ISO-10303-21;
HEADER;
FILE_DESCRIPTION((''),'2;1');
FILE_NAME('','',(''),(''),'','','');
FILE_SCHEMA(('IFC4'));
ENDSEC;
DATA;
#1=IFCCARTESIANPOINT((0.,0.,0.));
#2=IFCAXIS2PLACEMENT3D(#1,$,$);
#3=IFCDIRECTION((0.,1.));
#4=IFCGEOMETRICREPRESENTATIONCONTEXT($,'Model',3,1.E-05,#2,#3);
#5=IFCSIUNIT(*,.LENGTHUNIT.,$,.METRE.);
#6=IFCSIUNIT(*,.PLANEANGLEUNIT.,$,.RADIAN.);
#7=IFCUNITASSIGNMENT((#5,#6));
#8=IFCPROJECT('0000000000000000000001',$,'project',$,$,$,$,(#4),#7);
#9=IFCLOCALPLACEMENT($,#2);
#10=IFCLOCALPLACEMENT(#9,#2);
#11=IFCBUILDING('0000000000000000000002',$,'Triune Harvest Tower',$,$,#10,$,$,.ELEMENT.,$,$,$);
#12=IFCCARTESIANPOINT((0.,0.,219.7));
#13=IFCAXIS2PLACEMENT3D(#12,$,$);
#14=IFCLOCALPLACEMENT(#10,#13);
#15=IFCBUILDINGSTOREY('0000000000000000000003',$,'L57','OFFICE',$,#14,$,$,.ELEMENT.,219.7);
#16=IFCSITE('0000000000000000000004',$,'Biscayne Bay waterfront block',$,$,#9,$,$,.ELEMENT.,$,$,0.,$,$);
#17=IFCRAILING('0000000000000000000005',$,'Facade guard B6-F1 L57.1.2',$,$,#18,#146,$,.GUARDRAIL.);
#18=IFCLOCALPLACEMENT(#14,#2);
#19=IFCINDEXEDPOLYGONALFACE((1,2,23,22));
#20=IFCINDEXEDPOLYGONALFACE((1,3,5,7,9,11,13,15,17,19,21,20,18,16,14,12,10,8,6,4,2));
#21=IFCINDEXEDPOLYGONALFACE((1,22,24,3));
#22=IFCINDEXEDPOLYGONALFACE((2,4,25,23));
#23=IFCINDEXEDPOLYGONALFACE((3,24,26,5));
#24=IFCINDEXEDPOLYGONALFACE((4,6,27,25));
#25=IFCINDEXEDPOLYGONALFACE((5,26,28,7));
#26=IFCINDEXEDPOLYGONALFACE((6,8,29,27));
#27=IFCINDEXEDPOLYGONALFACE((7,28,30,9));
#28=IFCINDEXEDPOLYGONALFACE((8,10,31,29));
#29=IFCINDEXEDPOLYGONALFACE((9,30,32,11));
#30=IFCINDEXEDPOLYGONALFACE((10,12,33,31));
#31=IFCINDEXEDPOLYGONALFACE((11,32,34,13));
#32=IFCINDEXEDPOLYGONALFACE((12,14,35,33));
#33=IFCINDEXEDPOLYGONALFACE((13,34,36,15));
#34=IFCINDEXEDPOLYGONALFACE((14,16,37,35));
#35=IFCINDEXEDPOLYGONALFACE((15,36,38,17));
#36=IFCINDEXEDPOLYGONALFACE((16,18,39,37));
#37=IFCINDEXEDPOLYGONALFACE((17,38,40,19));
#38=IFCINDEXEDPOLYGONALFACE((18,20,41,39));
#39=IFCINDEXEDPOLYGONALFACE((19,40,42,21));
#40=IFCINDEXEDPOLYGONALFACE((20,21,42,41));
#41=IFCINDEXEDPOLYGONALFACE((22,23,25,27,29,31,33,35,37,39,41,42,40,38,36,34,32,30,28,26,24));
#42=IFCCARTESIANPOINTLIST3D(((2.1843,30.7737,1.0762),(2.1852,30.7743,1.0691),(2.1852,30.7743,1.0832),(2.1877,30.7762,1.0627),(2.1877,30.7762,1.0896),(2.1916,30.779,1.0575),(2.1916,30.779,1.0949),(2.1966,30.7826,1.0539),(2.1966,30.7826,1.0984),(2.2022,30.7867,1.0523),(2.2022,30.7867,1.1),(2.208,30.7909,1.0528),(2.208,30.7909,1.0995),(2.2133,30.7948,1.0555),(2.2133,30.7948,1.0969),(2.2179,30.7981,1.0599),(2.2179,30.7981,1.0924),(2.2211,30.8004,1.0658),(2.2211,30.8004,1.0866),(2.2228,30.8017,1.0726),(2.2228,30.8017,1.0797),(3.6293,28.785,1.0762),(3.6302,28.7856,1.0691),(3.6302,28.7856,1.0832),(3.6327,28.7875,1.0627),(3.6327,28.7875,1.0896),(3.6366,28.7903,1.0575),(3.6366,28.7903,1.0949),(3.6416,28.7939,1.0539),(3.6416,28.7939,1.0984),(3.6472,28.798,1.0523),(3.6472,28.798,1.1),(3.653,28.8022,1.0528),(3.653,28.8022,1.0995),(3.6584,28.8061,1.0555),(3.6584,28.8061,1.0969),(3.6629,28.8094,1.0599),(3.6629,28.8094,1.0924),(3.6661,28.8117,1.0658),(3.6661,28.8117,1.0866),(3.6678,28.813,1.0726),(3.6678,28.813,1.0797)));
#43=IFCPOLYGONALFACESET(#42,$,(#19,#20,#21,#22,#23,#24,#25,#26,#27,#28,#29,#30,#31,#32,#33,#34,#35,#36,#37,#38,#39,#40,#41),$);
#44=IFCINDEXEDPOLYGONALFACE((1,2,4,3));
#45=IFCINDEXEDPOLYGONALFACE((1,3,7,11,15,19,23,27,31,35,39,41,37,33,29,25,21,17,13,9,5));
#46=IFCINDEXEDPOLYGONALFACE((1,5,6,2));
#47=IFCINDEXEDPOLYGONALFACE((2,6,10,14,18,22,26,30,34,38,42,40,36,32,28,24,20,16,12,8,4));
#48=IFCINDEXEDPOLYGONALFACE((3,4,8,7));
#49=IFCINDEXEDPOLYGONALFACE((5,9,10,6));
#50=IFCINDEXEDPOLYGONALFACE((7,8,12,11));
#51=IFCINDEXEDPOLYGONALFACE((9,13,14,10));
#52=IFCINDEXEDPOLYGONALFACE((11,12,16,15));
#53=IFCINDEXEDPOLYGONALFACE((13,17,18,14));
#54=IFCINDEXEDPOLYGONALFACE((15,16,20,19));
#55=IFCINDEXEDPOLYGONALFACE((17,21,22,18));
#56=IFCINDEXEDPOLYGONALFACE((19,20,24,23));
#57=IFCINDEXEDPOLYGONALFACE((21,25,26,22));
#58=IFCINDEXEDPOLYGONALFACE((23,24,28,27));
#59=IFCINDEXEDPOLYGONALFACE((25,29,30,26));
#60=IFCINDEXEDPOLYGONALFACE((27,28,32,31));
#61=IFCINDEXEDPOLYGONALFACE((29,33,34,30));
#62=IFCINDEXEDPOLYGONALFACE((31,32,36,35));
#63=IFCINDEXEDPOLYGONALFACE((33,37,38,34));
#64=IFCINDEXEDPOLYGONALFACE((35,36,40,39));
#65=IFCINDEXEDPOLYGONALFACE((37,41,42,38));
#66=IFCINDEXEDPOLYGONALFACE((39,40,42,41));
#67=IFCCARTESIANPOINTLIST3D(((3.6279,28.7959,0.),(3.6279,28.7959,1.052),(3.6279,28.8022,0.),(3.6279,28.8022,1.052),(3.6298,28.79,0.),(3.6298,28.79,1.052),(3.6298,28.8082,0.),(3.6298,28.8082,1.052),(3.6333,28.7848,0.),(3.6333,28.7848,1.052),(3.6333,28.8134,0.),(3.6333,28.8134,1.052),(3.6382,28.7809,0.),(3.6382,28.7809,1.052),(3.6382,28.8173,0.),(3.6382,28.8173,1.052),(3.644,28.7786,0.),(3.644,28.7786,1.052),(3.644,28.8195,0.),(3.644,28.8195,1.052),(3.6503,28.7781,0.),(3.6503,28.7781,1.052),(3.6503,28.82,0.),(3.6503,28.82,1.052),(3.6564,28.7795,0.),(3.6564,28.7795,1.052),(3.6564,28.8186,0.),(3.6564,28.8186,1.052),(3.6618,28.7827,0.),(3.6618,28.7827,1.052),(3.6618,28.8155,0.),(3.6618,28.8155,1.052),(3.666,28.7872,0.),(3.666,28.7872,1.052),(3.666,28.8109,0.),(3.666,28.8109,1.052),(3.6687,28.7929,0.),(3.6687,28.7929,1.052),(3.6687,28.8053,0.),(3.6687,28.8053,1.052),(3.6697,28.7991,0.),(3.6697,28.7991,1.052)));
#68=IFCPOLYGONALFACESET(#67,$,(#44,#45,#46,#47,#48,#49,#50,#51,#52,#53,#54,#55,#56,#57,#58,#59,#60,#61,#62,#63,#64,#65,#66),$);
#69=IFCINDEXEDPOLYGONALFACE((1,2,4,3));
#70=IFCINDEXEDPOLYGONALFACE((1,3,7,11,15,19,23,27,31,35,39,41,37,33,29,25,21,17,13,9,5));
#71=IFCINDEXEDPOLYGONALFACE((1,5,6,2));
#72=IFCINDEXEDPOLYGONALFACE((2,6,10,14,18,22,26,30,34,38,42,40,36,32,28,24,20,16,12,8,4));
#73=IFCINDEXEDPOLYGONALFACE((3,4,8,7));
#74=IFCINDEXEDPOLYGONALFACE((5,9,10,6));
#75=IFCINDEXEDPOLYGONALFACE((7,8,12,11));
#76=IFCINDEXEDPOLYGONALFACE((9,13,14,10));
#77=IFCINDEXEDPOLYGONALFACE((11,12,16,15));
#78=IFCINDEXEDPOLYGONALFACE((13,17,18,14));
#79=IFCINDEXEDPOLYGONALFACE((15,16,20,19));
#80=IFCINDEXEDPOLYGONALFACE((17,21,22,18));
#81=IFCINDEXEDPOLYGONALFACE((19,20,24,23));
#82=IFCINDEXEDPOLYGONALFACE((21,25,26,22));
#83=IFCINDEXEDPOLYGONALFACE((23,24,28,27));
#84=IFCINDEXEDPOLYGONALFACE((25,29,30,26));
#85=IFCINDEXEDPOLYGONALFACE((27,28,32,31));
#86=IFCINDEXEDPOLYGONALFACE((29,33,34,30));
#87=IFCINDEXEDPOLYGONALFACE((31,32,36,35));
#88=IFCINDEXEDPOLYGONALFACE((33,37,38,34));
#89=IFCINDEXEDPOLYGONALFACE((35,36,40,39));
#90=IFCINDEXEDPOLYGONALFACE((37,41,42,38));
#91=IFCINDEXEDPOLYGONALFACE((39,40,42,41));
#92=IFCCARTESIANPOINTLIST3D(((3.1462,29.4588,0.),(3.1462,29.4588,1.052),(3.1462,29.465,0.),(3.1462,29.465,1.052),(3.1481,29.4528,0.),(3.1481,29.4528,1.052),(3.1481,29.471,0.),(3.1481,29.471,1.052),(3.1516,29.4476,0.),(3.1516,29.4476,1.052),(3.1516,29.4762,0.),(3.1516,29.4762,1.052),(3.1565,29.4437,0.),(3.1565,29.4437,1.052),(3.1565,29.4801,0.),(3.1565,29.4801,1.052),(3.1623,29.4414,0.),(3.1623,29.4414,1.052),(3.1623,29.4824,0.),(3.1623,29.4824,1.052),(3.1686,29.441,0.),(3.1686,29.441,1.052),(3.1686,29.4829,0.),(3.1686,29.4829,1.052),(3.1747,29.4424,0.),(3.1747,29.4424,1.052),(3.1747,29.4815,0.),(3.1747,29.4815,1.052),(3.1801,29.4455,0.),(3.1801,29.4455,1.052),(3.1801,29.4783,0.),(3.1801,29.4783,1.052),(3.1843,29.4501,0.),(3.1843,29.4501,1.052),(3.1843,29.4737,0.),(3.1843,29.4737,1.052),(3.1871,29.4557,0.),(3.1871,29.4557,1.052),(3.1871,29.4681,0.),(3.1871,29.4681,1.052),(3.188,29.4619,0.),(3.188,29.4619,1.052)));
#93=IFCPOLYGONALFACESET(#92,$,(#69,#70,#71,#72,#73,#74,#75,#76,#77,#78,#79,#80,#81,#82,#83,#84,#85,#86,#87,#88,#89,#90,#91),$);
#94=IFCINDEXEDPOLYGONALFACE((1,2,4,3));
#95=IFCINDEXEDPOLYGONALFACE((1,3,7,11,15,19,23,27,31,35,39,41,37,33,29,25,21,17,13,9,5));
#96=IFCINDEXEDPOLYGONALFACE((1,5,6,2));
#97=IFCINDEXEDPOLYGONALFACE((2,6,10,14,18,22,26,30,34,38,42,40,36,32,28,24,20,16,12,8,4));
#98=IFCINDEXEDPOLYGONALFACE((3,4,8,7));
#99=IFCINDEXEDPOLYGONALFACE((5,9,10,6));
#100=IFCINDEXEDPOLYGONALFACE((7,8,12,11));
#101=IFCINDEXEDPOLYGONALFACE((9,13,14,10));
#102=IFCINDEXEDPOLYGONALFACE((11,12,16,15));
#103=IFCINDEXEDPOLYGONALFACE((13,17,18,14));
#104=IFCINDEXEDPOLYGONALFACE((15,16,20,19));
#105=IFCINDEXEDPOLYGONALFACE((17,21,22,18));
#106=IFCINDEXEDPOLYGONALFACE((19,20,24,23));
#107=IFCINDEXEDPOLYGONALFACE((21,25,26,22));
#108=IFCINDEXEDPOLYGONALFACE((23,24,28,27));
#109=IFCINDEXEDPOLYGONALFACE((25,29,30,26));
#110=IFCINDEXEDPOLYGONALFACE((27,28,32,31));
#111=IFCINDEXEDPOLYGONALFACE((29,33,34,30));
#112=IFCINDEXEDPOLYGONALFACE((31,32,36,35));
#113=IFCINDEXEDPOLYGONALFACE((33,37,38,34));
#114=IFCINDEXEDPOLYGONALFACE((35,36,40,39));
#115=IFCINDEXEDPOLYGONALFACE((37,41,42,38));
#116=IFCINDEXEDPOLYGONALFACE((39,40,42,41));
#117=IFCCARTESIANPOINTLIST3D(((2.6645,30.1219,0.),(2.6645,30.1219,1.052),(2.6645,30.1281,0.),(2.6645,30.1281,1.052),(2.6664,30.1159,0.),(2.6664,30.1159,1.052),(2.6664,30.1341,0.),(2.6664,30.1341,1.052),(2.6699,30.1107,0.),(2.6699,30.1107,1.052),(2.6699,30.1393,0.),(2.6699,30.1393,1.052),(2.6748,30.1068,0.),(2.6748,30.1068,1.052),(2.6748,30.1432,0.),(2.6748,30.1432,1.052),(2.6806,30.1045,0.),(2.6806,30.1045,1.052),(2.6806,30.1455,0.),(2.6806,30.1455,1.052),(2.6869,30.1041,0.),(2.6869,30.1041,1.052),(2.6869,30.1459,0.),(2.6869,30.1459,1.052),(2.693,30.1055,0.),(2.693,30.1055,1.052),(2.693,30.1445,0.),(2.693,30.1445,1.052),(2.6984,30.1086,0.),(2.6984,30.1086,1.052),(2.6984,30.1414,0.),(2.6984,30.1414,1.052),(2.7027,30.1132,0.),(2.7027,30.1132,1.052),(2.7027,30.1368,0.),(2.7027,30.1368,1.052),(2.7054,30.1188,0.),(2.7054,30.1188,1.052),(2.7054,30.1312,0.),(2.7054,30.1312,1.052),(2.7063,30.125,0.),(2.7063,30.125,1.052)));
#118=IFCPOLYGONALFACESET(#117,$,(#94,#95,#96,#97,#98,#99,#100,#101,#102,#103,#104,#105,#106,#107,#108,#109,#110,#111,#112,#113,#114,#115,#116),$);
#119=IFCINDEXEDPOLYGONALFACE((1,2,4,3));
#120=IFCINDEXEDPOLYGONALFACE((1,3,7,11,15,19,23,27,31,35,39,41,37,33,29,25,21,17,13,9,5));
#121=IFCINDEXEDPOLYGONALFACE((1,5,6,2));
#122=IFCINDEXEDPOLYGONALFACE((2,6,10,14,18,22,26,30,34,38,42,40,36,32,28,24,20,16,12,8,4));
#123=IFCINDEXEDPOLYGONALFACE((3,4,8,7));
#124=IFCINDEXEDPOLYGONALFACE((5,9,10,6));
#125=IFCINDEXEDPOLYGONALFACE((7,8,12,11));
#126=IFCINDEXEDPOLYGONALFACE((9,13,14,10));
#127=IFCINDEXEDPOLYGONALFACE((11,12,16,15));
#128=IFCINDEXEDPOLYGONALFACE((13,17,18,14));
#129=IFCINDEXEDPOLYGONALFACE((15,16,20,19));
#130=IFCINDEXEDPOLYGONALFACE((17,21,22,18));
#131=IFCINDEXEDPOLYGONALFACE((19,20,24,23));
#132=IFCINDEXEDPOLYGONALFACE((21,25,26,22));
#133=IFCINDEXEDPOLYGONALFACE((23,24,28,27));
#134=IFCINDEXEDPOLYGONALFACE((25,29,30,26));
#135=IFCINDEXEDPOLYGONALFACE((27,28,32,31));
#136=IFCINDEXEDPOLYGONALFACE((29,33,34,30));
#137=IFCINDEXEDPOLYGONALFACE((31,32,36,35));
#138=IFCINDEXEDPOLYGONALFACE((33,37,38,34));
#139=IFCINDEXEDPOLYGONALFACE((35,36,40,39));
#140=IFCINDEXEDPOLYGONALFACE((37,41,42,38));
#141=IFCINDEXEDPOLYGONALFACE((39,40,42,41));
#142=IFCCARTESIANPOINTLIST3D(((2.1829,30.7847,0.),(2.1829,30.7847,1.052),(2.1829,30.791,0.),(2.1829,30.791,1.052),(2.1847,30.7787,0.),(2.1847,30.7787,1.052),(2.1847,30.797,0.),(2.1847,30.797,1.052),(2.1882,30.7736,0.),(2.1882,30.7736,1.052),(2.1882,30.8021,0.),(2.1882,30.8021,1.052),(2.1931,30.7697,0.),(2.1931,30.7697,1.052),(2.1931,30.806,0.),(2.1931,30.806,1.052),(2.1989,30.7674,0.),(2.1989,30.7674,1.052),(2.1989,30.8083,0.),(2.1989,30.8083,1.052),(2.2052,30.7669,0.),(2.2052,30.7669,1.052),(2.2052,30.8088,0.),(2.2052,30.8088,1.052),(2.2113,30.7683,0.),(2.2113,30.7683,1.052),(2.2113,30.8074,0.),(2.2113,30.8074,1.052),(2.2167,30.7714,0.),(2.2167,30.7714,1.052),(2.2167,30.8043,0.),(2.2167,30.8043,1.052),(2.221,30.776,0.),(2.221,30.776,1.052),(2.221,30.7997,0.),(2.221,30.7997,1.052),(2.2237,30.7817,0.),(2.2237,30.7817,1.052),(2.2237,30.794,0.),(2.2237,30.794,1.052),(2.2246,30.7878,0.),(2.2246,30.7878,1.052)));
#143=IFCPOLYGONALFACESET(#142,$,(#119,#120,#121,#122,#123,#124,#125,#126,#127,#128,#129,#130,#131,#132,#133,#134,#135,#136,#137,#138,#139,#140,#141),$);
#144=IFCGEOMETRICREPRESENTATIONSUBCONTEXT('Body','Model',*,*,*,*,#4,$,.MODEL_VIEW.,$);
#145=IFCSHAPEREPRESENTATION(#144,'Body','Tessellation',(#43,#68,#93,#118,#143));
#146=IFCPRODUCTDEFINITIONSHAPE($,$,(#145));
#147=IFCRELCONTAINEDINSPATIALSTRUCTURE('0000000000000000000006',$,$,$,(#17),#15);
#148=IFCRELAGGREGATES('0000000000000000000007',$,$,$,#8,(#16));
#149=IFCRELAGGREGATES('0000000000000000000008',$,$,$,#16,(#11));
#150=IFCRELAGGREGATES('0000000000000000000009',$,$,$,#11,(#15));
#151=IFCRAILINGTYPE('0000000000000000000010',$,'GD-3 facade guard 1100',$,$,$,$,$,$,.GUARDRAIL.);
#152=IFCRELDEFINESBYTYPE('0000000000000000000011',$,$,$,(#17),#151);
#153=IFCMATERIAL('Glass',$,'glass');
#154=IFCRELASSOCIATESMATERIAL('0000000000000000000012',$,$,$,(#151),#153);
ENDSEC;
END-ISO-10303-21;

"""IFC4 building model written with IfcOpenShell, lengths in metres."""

from ifc_helpers import new_model, si_unit, direction, frame, origin, origin_2d, place, context, subcontext, project, spatial, circle, extrude, material, type_object, element, save


model = new_model("IFC4")

# Units and contexts
model_context = context("Model", 3, precision=1e-05, world=origin(), true_north=direction((0.0, 1.0)))
body_context = subcontext(model_context, "Body", "Model", "MODEL_VIEW")
ifc_project = project(units=[si_unit("LENGTHUNIT", "METRE"), si_unit("PLANEANGLEUNIT", "RADIAN")], contexts=[model_context])

# Site, building, storey
site_placement = place(None, origin())
site = spatial("IfcSite", under=ifc_project, at=site_placement, Name="Biscayne Bay waterfront block", CompositionType="ELEMENT", RefElevation=0.0)
building_placement = place(site_placement, origin())
building = spatial("IfcBuilding", under=site, at=building_placement, Name="Triune Harvest Tower", CompositionType="ELEMENT")
storey_placement = place(building_placement, frame((0.0, 0.0, 219.7)))
storey = spatial("IfcBuildingStorey", under=building, at=storey_placement, Name="L57", Description="OFFICE", CompositionType="ELEMENT", Elevation=219.7)

# Railing
ifc_material_1 = material(Name="Glass", Category="glass")
railing_type = type_object("IfcRailingType", Name="GD-3 facade guard 1100", PredefinedType="GUARDRAIL", material=ifc_material_1)
railing_placement = place(storey_placement, frame((3.6487, 28.7991, 0.0)))
element("IfcRailing", 1, at=railing_placement, inside=storey, type_object=railing_type, Name="Facade guard B6-F1 L57.1.2", PredefinedType="GUARDRAIL", context=body_context, shape_type="SweptSolid", body=[
    extrude(circle(Radius=0.0239, at=origin_2d()), frame((0.0, 0.0, 1.0762), z_axis=(-0.587823, 0.808989, 0.0), x_axis=(-0.808989, -0.587823, 0.0)), (0.0, 0.0, 1.0), 2.4583),
    extrude(circle(Radius=0.021, at=origin_2d()), origin(), (0.0, 0.0, 1.0), 1.052),
    extrude(circle(Radius=0.021, at=origin_2d()), frame((-0.4817, 0.6628, 0.0)), (0.0, 0.0, 1.0), 1.052),
    extrude(circle(Radius=0.021, at=origin_2d()), frame((-0.9634, 1.3259, 0.0)), (0.0, 0.0, 1.0), 1.052),
    extrude(circle(Radius=0.021, at=origin_2d()), frame((-1.4451, 1.9888, 0.0)), (0.0, 0.0, 1.0), 1.052),
])

save(model, "model.ifc")
